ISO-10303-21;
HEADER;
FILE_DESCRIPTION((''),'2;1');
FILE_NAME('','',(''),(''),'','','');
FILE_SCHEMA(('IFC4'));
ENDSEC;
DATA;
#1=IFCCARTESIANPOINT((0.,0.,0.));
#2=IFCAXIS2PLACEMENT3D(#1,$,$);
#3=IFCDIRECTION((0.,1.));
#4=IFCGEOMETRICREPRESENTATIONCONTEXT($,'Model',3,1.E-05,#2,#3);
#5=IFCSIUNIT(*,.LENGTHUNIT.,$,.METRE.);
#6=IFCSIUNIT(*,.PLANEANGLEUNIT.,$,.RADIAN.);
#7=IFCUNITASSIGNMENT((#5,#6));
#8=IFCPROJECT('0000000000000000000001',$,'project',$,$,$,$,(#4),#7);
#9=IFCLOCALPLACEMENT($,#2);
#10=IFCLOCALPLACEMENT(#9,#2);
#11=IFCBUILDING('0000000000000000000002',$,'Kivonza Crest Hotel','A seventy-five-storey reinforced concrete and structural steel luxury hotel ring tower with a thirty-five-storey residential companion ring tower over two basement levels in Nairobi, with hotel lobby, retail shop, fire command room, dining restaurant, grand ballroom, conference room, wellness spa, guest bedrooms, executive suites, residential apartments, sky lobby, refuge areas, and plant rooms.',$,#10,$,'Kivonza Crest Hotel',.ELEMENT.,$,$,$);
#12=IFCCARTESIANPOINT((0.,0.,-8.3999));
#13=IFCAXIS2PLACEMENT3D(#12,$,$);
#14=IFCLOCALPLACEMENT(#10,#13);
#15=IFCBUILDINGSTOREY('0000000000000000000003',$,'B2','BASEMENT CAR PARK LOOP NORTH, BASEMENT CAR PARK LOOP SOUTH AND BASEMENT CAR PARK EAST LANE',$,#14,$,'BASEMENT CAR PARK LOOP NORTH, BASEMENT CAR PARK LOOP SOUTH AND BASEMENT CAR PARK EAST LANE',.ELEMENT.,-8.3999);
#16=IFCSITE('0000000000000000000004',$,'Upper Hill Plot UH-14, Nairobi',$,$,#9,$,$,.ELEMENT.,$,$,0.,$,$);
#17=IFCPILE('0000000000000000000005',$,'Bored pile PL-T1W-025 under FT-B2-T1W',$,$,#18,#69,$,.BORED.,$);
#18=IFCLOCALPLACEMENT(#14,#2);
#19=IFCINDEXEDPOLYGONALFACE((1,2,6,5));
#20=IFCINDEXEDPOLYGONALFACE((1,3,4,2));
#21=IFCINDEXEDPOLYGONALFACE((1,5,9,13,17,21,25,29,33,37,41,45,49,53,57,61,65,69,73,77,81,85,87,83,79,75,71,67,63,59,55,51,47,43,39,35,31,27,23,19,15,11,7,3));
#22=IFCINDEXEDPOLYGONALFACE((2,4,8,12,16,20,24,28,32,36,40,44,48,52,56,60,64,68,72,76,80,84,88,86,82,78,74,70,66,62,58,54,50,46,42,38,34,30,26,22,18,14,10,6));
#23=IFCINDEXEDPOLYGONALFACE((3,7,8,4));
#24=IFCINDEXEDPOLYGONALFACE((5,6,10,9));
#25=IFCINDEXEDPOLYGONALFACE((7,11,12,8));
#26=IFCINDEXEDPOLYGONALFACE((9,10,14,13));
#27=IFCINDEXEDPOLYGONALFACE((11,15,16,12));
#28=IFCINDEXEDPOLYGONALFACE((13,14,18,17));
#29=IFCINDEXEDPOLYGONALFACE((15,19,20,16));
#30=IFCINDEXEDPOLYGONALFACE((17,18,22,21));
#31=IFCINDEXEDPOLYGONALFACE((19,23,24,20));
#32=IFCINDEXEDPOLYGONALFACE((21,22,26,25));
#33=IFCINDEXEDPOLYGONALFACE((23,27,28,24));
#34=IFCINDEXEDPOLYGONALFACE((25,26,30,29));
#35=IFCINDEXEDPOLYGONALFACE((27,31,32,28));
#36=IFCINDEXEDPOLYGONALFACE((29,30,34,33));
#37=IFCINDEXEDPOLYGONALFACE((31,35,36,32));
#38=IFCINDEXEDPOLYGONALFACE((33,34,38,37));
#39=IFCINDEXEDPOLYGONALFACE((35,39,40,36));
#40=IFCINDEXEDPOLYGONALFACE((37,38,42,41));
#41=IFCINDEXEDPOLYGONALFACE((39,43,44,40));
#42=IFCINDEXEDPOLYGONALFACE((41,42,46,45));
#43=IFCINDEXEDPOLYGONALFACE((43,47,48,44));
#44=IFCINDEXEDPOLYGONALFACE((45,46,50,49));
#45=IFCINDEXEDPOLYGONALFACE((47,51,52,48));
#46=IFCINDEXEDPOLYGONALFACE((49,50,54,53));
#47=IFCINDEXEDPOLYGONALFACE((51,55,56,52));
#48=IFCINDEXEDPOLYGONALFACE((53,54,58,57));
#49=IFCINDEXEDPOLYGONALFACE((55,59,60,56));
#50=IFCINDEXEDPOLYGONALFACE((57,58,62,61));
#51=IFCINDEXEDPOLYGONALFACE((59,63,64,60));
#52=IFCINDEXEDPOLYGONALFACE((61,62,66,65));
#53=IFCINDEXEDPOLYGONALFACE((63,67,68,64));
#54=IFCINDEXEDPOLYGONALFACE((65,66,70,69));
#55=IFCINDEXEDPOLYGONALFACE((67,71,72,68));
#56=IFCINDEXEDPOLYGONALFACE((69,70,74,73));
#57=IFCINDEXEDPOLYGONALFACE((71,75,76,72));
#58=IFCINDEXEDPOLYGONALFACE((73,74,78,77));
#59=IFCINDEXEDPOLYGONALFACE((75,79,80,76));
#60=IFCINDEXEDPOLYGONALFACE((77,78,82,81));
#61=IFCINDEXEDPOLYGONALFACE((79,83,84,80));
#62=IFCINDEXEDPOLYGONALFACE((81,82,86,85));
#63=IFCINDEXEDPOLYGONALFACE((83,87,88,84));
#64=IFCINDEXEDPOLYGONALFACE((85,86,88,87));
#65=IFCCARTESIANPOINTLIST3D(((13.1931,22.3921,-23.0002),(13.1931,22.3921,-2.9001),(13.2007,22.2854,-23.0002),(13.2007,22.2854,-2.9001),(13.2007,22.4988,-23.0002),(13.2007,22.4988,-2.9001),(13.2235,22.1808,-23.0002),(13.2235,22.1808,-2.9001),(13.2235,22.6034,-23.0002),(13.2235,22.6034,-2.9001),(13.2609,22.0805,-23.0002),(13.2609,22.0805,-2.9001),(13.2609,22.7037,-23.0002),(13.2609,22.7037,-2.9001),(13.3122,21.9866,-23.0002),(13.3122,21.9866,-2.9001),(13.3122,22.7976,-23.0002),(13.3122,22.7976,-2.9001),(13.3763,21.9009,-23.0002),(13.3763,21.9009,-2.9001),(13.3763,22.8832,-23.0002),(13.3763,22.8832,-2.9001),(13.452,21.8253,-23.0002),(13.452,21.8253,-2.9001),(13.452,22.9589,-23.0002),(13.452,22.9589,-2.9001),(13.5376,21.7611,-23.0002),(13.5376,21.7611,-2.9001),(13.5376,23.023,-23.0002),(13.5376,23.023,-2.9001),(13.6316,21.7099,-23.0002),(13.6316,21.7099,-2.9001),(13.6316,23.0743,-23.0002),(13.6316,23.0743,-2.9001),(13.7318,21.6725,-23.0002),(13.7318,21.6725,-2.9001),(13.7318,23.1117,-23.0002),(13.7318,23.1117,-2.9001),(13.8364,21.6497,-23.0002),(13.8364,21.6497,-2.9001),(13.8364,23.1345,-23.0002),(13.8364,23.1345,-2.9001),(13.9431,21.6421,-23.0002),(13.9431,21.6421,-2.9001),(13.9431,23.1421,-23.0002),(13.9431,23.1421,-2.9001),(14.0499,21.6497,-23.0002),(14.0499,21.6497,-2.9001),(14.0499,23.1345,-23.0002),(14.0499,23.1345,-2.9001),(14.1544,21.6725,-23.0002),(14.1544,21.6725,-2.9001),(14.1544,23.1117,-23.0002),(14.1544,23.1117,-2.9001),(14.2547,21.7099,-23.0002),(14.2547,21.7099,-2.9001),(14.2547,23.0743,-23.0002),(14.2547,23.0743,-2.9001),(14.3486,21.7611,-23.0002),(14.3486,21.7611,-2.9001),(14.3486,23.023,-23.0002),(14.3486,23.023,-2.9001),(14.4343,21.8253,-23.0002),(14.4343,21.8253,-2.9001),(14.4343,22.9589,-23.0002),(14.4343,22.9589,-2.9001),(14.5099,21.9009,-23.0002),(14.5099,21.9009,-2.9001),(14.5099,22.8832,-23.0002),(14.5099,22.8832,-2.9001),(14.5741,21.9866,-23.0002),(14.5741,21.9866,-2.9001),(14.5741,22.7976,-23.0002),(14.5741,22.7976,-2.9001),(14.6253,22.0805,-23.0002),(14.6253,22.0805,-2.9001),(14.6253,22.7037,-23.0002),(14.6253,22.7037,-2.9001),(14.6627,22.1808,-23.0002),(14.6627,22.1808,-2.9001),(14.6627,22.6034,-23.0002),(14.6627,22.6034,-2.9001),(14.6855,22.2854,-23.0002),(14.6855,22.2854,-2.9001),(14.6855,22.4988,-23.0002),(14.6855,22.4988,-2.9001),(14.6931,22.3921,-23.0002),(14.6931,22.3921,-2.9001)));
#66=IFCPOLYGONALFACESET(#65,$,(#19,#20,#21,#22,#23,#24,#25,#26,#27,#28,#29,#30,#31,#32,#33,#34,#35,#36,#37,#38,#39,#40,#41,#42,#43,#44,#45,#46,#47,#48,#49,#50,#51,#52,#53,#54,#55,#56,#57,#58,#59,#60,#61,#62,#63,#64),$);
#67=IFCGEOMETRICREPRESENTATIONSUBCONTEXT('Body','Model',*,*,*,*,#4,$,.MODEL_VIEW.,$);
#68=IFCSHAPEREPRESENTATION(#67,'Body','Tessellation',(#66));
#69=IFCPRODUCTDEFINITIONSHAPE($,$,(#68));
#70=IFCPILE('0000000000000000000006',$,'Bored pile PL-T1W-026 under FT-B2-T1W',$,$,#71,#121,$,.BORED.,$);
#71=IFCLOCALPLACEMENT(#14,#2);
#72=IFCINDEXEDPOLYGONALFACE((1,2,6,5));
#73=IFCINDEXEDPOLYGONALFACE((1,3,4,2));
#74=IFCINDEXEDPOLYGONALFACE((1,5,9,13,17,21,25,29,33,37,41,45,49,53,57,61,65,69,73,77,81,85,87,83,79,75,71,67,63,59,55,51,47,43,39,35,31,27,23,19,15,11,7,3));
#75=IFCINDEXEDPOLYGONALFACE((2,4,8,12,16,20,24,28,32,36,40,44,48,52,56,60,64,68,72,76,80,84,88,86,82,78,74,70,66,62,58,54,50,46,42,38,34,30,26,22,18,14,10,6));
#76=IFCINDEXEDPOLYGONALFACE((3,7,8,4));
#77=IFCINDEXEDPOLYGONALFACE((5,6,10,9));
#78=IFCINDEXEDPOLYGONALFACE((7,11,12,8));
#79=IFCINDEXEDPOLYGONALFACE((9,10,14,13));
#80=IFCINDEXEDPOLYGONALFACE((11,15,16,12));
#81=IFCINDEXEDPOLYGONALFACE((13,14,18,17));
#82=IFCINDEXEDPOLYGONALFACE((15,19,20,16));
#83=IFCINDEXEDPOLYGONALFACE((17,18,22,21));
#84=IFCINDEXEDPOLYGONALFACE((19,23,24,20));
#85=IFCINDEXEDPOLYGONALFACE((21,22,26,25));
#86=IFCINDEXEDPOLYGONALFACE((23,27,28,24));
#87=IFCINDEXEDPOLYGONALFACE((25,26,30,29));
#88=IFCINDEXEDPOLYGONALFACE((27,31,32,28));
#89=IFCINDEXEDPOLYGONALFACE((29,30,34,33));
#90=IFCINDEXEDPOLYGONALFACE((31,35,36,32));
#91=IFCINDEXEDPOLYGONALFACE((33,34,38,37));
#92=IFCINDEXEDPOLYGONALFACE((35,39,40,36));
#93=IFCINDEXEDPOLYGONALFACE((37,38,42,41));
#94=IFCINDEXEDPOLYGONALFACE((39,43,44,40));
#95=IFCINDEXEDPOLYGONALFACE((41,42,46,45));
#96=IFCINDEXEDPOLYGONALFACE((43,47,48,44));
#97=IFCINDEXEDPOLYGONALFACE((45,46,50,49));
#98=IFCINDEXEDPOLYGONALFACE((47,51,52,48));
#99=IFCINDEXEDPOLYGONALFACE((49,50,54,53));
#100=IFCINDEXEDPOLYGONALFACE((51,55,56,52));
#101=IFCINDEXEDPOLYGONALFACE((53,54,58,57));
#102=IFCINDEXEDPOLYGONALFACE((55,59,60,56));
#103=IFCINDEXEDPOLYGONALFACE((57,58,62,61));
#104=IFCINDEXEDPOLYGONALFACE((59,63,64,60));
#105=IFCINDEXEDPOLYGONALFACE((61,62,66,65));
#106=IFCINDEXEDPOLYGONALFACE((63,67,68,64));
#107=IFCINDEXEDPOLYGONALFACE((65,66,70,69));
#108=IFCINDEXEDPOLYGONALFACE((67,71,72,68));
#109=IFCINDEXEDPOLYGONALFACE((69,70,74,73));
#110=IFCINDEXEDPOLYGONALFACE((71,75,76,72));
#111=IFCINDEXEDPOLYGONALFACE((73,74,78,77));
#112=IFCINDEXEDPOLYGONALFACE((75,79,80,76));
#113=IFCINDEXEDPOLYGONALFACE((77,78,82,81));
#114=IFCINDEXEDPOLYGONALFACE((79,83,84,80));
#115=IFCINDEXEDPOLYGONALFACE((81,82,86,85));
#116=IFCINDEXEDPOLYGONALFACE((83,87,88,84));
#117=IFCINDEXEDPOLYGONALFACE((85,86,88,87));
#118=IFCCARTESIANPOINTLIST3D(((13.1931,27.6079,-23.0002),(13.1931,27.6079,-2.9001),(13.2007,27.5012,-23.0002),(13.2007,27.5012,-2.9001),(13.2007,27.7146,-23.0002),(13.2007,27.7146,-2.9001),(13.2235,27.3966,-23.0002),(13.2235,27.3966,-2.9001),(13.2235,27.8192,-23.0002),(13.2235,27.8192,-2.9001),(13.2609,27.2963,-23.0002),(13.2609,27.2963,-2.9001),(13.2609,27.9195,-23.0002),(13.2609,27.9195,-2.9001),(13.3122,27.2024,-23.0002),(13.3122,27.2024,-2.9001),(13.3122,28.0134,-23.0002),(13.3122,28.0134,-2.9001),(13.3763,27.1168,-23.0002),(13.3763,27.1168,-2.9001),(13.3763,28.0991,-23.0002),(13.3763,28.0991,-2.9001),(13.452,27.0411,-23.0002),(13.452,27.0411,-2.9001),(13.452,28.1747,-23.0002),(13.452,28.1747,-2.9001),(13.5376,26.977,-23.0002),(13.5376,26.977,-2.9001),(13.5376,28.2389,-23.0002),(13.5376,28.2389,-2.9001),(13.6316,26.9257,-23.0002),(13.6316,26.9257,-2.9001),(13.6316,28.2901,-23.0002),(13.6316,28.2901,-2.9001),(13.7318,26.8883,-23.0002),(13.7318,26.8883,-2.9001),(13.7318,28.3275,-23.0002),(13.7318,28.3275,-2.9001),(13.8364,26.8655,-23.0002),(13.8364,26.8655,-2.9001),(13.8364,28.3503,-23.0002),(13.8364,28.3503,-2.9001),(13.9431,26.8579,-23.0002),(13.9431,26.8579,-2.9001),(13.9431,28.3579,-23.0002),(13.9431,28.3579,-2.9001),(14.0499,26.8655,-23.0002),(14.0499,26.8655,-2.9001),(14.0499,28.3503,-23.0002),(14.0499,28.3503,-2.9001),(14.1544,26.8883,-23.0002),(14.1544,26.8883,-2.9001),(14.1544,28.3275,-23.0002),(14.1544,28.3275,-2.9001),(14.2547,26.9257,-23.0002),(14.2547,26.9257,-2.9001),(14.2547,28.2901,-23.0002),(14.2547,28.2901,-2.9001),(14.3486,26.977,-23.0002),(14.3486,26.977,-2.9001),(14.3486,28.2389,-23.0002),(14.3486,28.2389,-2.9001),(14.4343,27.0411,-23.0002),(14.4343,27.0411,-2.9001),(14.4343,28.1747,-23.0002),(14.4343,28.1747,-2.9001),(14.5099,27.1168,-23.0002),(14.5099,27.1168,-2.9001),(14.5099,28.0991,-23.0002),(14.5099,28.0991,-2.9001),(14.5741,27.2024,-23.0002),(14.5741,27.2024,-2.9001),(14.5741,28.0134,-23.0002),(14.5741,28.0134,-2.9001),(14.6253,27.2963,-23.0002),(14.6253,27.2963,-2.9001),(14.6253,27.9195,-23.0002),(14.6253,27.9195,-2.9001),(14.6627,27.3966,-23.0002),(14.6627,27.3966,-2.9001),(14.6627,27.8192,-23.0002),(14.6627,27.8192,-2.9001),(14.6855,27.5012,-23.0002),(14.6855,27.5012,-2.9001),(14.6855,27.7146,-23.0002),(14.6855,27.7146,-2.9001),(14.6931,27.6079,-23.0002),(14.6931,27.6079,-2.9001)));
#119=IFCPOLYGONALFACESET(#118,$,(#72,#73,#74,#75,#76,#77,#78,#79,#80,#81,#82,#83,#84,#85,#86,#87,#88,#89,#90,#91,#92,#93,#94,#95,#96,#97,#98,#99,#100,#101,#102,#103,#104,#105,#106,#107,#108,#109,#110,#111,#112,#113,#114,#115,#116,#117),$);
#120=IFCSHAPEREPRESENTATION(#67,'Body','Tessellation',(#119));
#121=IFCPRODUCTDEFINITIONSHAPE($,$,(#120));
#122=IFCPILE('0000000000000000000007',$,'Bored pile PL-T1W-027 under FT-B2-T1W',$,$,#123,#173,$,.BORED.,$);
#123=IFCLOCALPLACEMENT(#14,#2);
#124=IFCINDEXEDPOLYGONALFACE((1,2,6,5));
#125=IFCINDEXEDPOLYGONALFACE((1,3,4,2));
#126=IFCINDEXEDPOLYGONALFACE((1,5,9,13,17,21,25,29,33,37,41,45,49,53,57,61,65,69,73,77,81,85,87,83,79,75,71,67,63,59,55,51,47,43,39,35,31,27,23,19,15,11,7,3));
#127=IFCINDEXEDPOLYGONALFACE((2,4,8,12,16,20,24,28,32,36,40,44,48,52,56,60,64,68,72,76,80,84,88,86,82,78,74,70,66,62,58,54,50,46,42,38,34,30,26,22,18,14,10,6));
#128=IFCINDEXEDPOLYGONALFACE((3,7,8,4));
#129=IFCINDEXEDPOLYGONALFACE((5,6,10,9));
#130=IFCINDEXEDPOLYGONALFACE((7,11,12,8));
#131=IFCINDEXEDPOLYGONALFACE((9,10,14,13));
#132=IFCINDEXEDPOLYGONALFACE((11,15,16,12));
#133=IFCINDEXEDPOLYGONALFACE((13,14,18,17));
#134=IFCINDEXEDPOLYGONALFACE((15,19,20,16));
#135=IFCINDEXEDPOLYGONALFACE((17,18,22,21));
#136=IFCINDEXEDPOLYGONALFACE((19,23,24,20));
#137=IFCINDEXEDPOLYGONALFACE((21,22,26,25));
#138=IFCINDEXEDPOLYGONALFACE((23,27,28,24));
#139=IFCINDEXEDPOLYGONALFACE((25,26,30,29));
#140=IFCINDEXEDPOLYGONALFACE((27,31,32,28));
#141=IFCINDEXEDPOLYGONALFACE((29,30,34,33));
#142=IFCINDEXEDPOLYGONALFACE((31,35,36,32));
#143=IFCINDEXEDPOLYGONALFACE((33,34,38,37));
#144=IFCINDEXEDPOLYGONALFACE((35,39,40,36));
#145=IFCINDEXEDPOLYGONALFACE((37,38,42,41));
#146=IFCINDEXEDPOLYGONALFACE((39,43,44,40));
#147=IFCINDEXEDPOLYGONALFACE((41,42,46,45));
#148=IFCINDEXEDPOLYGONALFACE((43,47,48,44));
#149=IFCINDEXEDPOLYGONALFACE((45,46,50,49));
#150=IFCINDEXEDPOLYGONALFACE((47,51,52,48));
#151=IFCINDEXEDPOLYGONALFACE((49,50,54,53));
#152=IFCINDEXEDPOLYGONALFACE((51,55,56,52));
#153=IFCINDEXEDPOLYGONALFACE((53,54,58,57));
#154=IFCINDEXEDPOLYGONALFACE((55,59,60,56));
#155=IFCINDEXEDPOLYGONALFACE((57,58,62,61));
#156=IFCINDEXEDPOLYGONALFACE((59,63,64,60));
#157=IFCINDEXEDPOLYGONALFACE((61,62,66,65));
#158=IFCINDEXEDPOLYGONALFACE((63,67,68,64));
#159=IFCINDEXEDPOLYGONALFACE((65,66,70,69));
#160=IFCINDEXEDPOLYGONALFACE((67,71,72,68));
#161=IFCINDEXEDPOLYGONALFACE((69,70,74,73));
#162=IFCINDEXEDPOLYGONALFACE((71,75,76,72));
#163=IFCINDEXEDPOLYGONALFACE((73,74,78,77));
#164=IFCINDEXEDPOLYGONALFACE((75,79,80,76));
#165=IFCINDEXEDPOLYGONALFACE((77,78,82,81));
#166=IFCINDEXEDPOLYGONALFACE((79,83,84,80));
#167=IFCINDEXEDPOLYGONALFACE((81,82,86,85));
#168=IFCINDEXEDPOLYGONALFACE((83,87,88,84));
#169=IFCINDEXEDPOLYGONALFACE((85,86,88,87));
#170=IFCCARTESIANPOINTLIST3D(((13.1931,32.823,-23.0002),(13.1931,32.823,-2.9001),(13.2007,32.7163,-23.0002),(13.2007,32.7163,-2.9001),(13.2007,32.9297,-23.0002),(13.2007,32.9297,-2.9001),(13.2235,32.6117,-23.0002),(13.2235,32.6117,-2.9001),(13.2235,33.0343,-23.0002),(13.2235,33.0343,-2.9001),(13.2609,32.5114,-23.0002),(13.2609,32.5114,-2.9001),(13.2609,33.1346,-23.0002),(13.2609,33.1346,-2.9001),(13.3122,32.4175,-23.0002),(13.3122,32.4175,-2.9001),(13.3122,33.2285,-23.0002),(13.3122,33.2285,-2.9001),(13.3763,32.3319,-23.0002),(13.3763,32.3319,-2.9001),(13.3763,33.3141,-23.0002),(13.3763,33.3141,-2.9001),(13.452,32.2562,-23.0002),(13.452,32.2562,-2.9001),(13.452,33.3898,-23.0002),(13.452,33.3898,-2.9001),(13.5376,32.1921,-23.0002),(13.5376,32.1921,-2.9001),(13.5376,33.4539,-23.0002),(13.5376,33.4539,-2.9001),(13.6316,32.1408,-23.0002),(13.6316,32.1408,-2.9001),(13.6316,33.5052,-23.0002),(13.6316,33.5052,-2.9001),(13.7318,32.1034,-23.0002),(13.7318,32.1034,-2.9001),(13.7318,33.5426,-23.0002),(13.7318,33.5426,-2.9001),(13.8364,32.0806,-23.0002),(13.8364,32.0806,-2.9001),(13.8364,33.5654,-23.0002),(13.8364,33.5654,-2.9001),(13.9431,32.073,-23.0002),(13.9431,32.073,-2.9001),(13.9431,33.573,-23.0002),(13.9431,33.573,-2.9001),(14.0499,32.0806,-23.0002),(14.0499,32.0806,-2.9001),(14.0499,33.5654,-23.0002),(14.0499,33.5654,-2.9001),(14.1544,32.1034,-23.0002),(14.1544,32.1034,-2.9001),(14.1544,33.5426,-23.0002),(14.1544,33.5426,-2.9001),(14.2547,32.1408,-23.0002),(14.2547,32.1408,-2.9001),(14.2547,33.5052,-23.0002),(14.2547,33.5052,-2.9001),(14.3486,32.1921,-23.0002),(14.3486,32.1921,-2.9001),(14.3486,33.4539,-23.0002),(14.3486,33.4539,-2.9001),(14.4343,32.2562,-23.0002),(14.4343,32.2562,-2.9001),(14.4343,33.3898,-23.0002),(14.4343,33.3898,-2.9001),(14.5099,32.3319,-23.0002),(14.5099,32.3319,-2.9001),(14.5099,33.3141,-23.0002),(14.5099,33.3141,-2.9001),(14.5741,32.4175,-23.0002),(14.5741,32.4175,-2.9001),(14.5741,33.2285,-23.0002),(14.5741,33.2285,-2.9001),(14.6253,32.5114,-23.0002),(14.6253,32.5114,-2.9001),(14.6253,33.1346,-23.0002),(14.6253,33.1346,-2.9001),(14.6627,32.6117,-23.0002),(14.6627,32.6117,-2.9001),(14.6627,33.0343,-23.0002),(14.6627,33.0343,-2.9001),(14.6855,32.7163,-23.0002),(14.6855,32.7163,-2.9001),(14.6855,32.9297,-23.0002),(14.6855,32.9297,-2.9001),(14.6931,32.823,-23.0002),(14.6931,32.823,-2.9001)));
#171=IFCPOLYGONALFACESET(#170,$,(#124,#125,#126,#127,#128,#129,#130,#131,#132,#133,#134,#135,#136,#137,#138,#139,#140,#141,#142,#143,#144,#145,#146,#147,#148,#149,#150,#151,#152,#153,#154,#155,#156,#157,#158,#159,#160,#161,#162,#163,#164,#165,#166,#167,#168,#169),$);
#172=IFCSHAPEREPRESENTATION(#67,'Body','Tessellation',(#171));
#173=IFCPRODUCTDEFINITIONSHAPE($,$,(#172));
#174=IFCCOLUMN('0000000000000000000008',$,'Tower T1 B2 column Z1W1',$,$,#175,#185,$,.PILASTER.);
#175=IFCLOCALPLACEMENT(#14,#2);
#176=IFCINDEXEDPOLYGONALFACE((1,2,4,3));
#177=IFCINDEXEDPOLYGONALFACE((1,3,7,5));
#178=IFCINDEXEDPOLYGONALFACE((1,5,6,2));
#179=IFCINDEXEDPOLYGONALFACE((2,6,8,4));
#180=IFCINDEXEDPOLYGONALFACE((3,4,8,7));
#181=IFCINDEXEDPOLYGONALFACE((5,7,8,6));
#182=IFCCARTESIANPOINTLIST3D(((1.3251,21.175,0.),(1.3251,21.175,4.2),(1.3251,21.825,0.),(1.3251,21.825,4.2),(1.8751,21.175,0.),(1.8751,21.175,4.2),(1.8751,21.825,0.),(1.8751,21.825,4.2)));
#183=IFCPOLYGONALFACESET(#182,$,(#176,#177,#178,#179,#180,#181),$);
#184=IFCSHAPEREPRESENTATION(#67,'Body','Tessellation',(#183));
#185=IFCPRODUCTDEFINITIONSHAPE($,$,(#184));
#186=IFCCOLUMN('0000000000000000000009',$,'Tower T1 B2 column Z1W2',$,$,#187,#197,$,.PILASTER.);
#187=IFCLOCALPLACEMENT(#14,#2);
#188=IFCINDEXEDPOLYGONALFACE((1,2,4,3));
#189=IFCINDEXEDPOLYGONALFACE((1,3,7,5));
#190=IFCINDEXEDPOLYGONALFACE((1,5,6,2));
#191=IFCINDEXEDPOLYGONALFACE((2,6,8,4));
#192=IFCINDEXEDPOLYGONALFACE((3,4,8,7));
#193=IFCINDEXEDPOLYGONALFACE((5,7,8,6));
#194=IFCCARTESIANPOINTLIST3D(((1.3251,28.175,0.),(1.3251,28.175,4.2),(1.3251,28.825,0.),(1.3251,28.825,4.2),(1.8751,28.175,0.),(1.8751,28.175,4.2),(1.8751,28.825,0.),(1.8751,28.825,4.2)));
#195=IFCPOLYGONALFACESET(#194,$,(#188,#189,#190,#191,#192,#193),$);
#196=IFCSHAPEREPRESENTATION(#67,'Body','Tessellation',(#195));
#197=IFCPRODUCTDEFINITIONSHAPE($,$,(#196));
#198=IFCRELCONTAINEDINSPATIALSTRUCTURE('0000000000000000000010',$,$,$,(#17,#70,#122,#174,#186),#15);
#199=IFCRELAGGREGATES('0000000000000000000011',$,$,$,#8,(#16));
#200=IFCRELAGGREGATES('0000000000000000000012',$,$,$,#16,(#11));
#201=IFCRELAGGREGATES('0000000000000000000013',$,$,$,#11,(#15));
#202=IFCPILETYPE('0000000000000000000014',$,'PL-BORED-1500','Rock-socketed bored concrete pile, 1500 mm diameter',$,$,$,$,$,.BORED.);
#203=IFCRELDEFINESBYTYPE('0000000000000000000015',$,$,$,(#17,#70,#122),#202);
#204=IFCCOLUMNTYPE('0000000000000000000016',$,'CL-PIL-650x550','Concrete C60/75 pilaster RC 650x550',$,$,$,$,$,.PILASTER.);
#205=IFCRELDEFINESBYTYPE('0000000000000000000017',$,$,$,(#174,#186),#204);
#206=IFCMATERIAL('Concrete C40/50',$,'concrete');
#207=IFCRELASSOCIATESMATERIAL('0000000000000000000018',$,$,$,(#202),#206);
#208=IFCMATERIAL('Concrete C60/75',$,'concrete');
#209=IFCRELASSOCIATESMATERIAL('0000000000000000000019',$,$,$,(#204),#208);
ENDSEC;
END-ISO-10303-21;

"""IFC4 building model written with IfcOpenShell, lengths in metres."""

from ifc_helpers import new_model, si_unit, direction, frame, origin, origin_2d, place, context, subcontext, project, spatial, rectangle, circle, extrude, material, material_profile, profile_set, type_object, element, save


model = new_model("IFC4")

# Units and contexts
model_context = context("Model", 3, precision=1e-05, world=origin(), true_north=direction((0.0, 1.0)))
body_context = subcontext(model_context, "Body", "Model", "MODEL_VIEW")
ifc_project = project(units=[si_unit("LENGTHUNIT", "METRE"), si_unit("PLANEANGLEUNIT", "RADIAN")], contexts=[model_context])

# Site, building, storey
site_placement = place(None, origin())
site = spatial("IfcSite", under=ifc_project, at=site_placement, Name="Upper Hill Plot UH-14, Nairobi", CompositionType="ELEMENT", RefElevation=0.0)
building_placement = place(site_placement, origin())
building = spatial("IfcBuilding", under=site, at=building_placement, Name="Kivonza Crest Hotel", Description="A seventy-five-storey reinforced concrete and structural steel luxury hotel ring tower with a thirty-five-storey residential companion ring tower over two basement levels in Nairobi, with hotel lobby, retail shop, fire command room, dining restaurant, grand ballroom, conference room, wellness spa, guest bedrooms, executive suites, residential apartments, sky lobby, refuge areas, and plant rooms.", LongName="Kivonza Crest Hotel", CompositionType="ELEMENT")
storey_placement = place(building_placement, frame((0.0, 0.0, -8.3999)))
storey = spatial("IfcBuildingStorey", under=building, at=storey_placement, Name="B2", Description="BASEMENT CAR PARK LOOP NORTH, BASEMENT CAR PARK LOOP SOUTH AND BASEMENT CAR PARK EAST LANE", LongName="BASEMENT CAR PARK LOOP NORTH, BASEMENT CAR PARK LOOP SOUTH AND BASEMENT CAR PARK EAST LANE", CompositionType="ELEMENT", Elevation=-8.3999)

# Piles
ifc_material_1 = material(Name="Concrete C40/50", Category="concrete")
ifc_material_profile_1 = material_profile(ifc_material_1, circle(Radius=0.75, at=origin_2d()), Name="PILE D1500")
ifc_profile_set_1 = profile_set([ifc_material_profile_1], Name="Concrete C40/50")
pile_type = type_object("IfcPileType", Name="PL-BORED-1500", Description="Rock-socketed bored concrete pile, 1500 mm diameter", PredefinedType="BORED", material=ifc_profile_set_1)
for number, where, z_axis, x_axis, name in (
    (1, (13.9431, 22.3921, -2.9001), (0.0, 0.0, -1.0), (1.0, 0.0, 0.0), "Bored pile PL-T1W-025 under FT-B2-T1W"),
    (2, (13.9431, 27.6079, -2.9001), (0.0, 0.0, -1.0), (1.0, 0.0, 0.0), "Bored pile PL-T1W-026 under FT-B2-T1W"),
    (3, (13.9431, 32.823, -2.9001), (0.0, 0.0, -1.0), (1.0, 0.0, 0.0), "Bored pile PL-T1W-027 under FT-B2-T1W"),
):
    element("IfcPile", number, at=place(storey_placement, frame(where, z_axis=z_axis, x_axis=x_axis)), inside=storey, type_object=pile_type, Name=name, PredefinedType="BORED", context=body_context, shape_type="SweptSolid", body=[
        extrude(circle(Radius=0.75, at=origin_2d()), origin(), (0.0, 0.0, 1.0), 20.1001),
    ])

# Columns
ifc_material_2 = material(Name="Concrete C60/75", Category="concrete")
ifc_material_profile_2 = material_profile(ifc_material_2, rectangle(XDim=0.55, YDim=0.6499, at=origin_2d()), Name="RC 650x550")
ifc_profile_set_2 = profile_set([ifc_material_profile_2], Name="Concrete C60/75")
column_type_1 = type_object("IfcColumnType", Name="CL-PIL-650x550", Description="Concrete C60/75 pilaster RC 650x550", PredefinedType="PILASTER", material=ifc_profile_set_2)
for number, where, z_axis, x_axis, name in (
    (4, (1.6001, 21.5, 0.0), (0.0, 0.0, 1.0), (1.0, 0.0, 0.0), "Tower T1 B2 column Z1W1"),
    (5, (1.6001, 28.5, 0.0), (0.0, 0.0, 1.0), (1.0, 0.0, 0.0), "Tower T1 B2 column Z1W2"),
):
    element("IfcColumn", number, at=place(storey_placement, frame(where, z_axis=z_axis, x_axis=x_axis)), inside=storey, type_object=column_type_1, Name=name, PredefinedType="PILASTER", context=body_context, shape_type="SweptSolid", body=[
        extrude(rectangle(XDim=0.55, YDim=0.6499, at=origin_2d()), origin(), (0.0, 0.0, 1.0), 4.2),
    ])

save(model, "model.ifc")
